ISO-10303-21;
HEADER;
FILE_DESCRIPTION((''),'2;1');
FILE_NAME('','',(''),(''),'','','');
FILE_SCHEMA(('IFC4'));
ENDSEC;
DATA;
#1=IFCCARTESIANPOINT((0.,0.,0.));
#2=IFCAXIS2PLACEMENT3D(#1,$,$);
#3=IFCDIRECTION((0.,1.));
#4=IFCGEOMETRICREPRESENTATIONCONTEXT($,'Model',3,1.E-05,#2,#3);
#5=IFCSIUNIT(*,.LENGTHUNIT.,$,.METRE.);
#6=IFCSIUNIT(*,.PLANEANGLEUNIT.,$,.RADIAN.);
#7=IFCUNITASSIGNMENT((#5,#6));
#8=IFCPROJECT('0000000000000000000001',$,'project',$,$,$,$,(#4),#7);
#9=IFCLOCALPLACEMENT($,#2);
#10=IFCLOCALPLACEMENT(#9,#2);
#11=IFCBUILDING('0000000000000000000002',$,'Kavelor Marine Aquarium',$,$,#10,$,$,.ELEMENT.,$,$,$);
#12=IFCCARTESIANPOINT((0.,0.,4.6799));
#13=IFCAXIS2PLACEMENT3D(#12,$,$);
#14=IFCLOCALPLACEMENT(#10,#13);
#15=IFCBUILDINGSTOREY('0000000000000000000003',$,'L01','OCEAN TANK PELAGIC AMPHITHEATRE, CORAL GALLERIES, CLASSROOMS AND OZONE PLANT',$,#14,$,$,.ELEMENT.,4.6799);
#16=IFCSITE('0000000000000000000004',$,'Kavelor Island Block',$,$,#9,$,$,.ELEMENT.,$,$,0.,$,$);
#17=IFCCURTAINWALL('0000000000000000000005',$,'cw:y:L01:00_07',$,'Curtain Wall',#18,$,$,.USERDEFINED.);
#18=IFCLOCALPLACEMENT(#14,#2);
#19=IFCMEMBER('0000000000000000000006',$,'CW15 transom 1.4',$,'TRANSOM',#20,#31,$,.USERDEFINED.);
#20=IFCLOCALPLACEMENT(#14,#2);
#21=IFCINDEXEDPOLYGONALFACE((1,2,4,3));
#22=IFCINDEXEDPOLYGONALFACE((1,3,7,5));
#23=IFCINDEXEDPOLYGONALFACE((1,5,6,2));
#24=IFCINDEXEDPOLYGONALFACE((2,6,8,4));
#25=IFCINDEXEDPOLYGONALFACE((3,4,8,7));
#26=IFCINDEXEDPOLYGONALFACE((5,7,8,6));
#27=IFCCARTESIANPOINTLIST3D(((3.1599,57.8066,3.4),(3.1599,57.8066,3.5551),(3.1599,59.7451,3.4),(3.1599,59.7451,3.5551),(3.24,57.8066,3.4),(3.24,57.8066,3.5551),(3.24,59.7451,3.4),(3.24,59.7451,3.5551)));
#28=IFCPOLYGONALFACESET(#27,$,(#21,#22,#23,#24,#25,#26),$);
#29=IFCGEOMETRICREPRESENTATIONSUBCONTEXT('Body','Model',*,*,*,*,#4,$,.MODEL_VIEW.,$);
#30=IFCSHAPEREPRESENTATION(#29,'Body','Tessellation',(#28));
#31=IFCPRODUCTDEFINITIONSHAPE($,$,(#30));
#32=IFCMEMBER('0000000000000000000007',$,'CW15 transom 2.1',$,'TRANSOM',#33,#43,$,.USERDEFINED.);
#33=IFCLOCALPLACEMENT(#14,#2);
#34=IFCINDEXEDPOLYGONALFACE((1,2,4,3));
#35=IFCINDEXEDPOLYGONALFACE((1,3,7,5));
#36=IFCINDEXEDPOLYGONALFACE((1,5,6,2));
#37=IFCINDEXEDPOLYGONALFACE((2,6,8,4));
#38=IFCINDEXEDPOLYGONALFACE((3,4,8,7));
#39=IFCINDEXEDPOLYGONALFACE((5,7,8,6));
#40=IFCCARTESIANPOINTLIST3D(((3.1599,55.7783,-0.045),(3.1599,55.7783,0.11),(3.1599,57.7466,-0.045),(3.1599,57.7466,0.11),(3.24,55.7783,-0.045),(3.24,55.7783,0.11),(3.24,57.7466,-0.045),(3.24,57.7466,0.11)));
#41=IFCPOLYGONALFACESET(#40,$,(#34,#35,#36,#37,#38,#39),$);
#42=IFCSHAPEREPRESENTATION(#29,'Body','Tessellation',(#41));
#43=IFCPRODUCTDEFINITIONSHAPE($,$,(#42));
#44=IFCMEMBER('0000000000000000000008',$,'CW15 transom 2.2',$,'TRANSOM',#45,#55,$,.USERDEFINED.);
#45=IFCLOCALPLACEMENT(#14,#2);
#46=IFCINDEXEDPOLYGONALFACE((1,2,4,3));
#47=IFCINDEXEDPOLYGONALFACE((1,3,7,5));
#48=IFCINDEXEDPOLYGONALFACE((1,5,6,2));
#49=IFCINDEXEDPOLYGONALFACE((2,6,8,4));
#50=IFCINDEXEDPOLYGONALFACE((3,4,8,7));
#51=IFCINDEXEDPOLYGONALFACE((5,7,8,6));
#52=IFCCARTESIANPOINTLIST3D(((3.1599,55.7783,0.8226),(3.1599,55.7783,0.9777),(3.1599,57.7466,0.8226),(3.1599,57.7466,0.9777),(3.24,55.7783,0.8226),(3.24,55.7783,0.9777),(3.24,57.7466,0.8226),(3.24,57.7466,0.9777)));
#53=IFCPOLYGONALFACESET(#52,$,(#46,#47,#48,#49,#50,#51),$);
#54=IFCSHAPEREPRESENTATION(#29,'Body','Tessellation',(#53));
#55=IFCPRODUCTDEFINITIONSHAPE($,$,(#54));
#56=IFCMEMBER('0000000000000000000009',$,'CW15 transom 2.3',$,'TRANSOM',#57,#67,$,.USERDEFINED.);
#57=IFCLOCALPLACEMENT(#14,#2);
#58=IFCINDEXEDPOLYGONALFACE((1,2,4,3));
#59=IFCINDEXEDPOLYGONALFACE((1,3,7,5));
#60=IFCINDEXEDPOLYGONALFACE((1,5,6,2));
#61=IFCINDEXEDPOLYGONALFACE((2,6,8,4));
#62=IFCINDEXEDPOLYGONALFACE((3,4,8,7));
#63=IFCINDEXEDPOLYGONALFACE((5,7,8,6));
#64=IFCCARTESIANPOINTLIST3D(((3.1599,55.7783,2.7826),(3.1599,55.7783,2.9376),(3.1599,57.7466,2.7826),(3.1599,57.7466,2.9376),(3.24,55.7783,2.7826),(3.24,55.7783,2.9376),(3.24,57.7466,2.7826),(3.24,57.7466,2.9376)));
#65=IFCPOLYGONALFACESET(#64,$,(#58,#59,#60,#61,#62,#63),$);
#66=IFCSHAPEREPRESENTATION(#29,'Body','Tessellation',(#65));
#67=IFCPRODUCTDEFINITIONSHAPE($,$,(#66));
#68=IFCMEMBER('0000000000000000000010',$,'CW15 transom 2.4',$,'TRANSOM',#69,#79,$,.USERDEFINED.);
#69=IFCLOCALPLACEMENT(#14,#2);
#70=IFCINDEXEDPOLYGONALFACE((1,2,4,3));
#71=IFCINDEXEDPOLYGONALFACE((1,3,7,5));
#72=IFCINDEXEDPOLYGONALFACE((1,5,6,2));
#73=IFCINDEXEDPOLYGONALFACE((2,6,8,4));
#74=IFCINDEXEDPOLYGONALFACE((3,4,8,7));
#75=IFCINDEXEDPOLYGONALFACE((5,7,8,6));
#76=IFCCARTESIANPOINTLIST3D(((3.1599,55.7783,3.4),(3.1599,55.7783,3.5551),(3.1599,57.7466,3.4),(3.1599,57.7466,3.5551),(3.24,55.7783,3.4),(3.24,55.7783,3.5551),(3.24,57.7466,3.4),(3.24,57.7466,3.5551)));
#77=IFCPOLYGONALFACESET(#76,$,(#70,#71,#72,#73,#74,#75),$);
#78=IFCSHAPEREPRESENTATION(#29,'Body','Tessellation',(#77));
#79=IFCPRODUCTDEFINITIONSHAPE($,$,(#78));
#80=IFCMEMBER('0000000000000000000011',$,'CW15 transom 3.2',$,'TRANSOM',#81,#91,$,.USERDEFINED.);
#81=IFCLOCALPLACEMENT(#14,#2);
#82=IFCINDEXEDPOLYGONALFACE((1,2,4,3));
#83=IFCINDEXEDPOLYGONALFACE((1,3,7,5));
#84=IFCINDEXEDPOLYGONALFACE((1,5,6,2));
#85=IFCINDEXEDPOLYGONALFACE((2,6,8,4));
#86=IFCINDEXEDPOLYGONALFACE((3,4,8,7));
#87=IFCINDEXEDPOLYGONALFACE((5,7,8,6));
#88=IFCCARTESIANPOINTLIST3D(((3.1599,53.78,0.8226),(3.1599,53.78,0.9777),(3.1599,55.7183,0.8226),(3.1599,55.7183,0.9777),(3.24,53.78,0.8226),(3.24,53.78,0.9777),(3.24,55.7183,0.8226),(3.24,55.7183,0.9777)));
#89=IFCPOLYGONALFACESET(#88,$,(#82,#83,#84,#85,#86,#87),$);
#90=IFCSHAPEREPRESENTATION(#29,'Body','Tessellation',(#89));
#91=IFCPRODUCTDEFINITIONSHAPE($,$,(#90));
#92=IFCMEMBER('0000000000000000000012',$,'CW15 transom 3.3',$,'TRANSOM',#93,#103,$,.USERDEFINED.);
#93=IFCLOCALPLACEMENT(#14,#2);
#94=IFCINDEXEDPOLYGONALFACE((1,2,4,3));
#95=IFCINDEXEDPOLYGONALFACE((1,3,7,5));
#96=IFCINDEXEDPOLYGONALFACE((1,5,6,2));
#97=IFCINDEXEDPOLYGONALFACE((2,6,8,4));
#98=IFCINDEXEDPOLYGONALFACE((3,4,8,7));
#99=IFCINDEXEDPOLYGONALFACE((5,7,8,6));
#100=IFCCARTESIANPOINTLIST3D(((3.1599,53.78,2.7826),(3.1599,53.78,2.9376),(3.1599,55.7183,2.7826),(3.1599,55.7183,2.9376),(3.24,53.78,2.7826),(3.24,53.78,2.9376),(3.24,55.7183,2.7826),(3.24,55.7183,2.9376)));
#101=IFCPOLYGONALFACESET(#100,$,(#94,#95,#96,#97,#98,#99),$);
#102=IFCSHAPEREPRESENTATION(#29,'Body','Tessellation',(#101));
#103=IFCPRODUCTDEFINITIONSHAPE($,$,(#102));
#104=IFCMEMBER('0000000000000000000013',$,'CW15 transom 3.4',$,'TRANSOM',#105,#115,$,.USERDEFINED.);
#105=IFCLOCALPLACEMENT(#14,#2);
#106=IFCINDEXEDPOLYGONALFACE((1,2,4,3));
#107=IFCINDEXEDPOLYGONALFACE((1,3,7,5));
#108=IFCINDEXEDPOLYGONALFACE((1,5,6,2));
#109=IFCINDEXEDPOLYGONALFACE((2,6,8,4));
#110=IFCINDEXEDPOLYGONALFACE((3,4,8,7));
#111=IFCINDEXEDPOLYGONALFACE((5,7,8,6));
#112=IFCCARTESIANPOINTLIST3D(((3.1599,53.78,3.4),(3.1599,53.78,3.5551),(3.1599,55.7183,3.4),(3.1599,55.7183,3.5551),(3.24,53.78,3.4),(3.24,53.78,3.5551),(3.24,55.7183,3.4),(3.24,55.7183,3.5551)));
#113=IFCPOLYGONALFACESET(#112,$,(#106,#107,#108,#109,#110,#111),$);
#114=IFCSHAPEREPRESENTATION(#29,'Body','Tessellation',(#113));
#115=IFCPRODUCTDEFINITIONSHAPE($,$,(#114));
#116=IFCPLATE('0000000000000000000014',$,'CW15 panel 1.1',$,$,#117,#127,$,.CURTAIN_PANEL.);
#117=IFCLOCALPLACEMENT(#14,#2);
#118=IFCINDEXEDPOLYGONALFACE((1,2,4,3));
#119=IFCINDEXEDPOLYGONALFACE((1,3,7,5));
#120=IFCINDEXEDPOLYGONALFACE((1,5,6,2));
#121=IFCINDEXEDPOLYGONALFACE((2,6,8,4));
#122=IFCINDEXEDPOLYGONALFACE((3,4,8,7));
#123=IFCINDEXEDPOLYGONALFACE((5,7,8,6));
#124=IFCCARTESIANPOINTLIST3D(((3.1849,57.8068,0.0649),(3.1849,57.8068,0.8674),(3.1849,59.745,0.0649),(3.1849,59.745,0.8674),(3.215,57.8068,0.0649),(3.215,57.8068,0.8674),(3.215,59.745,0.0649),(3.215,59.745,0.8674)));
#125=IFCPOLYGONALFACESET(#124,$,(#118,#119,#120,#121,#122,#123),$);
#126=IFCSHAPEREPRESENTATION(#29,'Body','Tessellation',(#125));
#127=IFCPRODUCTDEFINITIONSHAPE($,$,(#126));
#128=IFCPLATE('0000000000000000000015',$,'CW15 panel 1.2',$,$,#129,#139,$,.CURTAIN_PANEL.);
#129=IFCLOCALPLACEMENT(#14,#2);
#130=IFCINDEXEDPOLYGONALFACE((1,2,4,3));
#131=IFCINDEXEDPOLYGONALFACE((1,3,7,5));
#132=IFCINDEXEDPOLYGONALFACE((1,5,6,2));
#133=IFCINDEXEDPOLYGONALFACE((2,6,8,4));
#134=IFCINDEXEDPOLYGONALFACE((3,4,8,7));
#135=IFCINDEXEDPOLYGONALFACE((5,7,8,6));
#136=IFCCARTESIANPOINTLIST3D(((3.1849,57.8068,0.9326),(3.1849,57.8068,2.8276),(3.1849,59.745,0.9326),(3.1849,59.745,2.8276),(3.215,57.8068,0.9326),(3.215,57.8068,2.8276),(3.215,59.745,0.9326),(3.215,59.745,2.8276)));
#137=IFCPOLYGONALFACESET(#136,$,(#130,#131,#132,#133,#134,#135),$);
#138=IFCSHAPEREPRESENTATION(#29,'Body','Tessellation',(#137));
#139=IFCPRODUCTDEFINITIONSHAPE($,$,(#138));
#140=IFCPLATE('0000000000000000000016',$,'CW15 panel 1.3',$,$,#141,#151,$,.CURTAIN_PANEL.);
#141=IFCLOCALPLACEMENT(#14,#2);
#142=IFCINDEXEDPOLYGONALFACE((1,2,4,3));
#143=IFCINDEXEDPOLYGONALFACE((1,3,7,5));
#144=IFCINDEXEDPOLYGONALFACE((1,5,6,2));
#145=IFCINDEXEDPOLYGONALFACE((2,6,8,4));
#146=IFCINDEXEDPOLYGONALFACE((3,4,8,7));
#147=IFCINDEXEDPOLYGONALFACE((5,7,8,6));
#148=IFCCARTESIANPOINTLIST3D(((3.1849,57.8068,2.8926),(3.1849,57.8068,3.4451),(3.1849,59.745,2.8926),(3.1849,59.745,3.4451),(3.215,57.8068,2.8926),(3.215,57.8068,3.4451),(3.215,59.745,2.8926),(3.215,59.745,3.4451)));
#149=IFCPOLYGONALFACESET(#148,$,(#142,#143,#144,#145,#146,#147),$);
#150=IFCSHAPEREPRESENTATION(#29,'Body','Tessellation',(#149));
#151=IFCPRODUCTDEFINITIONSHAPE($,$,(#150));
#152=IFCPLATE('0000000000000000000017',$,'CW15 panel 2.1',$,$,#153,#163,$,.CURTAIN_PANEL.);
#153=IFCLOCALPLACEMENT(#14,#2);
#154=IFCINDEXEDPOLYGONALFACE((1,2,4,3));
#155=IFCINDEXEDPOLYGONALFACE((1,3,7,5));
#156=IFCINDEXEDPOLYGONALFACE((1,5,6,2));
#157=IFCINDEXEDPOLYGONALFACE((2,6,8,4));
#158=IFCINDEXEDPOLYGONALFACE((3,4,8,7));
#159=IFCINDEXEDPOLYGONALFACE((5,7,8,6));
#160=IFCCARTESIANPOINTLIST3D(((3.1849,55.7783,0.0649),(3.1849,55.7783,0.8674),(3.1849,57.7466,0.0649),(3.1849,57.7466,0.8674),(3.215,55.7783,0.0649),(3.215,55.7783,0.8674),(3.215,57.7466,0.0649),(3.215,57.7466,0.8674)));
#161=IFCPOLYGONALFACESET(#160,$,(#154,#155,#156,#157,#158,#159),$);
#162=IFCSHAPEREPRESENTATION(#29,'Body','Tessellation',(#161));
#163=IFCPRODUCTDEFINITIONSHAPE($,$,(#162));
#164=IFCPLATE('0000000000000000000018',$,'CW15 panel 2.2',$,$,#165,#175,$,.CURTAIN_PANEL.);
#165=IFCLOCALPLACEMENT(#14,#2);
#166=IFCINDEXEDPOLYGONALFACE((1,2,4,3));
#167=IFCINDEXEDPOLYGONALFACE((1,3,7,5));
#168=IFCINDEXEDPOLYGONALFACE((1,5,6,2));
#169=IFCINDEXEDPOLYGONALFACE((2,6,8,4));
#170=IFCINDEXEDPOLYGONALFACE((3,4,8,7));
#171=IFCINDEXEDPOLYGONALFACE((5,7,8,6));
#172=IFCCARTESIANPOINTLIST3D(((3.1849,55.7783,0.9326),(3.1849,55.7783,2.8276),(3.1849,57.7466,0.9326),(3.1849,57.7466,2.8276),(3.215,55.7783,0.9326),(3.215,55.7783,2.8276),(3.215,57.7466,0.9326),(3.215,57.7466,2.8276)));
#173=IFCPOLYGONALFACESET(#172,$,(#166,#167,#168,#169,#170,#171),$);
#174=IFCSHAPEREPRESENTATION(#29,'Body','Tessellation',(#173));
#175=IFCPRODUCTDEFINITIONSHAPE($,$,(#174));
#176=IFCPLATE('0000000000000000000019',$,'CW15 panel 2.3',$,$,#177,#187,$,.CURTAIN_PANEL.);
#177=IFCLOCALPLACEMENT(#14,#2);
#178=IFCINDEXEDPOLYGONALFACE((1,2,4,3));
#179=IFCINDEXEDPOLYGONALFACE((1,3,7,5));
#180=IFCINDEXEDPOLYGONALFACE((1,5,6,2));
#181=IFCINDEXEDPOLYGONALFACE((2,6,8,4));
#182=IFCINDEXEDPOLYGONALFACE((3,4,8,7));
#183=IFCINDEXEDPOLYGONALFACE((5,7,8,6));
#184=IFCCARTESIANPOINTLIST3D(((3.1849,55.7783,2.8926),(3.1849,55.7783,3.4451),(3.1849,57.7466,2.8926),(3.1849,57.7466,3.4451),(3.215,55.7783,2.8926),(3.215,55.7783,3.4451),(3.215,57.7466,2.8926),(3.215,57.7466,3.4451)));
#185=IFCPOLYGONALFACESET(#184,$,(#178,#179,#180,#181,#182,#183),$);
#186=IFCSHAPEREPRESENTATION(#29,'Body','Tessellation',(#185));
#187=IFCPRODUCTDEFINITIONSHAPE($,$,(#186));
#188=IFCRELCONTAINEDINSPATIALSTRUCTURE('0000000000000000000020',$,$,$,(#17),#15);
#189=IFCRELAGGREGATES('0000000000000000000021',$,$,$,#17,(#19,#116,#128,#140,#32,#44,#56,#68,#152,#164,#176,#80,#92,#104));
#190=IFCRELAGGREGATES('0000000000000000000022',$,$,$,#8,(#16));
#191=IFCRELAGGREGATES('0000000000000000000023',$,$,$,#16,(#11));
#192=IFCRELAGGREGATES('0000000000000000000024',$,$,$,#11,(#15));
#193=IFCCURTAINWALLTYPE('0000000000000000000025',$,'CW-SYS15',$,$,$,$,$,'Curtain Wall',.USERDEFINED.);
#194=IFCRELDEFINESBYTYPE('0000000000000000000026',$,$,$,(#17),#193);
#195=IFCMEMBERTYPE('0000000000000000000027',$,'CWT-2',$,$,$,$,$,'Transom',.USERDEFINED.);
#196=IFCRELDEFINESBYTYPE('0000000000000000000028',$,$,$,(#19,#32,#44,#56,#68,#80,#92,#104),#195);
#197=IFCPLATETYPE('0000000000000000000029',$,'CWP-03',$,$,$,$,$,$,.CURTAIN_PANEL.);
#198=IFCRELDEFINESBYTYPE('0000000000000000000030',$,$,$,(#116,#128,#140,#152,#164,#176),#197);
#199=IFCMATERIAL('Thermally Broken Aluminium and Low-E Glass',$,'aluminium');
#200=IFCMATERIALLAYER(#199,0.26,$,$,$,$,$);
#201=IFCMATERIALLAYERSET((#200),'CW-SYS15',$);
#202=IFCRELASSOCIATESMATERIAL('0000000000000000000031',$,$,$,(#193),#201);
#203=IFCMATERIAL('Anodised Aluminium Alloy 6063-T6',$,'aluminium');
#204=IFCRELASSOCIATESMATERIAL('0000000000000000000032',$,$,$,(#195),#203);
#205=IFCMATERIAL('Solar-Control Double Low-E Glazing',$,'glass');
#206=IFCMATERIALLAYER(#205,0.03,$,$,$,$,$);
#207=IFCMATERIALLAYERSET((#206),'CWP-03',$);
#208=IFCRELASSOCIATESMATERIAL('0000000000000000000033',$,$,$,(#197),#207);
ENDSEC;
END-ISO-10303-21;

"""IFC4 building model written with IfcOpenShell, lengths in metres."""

from ifc_helpers import new_model, si_unit, direction, frame, origin, origin_2d, place, context, subcontext, project, spatial, rectangle, extrude, material, layer, layer_set, material_profile, profile_set, type_object, element, aggregate, save


model = new_model("IFC4")

# Units and contexts
model_context = context("Model", 3, precision=1e-05, world=origin(), true_north=direction((0.0, 1.0)))
body_context = subcontext(model_context, "Body", "Model", "MODEL_VIEW")
ifc_project = project(units=[si_unit("LENGTHUNIT", "METRE"), si_unit("PLANEANGLEUNIT", "RADIAN")], contexts=[model_context])

# Site, building, storey
site_placement = place(None, origin())
site = spatial("IfcSite", under=ifc_project, at=site_placement, Name="Kavelor Island Block", CompositionType="ELEMENT", RefElevation=0.0)
building_placement = place(site_placement, origin())
building = spatial("IfcBuilding", under=site, at=building_placement, Name="Kavelor Marine Aquarium", CompositionType="ELEMENT")
storey_placement = place(building_placement, frame((0.0, 0.0, 4.6799)))
storey = spatial("IfcBuildingStorey", under=building, at=storey_placement, Name="L01", Description="OCEAN TANK PELAGIC AMPHITHEATRE, CORAL GALLERIES, CLASSROOMS AND OZONE PLANT", CompositionType="ELEMENT", Elevation=4.6799)

# Curtain wall, members, plates
ifc_material_1 = material(Name="Thermally Broken Aluminium and Low-E Glass", Category="aluminium")
ifc_layer_1 = layer(ifc_material_1, 0.26)
ifc_layer_set_1 = layer_set([ifc_layer_1], Name="CW-SYS15")
curtain_wall_type = type_object("IfcCurtainWallType", Name="CW-SYS15", ElementType="Curtain Wall", PredefinedType="USERDEFINED", material=ifc_layer_set_1)
curtain_wall_placement = place(storey_placement, origin())
curtain_wall = element("IfcCurtainWall", 1, at=curtain_wall_placement, inside=storey, type_object=curtain_wall_type, Name="cw:y:L01:00_07", ObjectType="Curtain Wall", PredefinedType="USERDEFINED")
ifc_material_2 = material(Name="Anodised Aluminium Alloy 6063-T6", Category="aluminium")
ifc_material_profile_1 = material_profile(ifc_material_2, rectangle(XDim=0.0801, YDim=0.155, at=origin_2d()), Name="CW-TRN 80x155")
ifc_profile_set_1 = profile_set([ifc_material_profile_1], Name="Anodised Aluminium Alloy 6063-T6")
member_type_1 = type_object("IfcMemberType", Name="CWT-2", ElementType="Transom", PredefinedType="USERDEFINED", material=ifc_profile_set_1)
member_1_placement = place(storey_placement, frame((3.2, 59.7451, 3.4775), z_axis=(0.0, -1.0, 0.0), x_axis=(1.0, 0.0, 0.0)))
member_1 = element("IfcMember", 2, at=member_1_placement, type_object=member_type_1, Name="CW15 transom 1.4", ObjectType="TRANSOM", PredefinedType="USERDEFINED", context=body_context, shape_type="SweptSolid", body=[
    extrude(rectangle(XDim=0.0801, YDim=0.155, at=origin_2d()), origin(), (0.0, 0.0, 1.0), 1.9385),
])
member_2_placement = place(storey_placement, frame((3.2, 57.7466, 0.0325), z_axis=(0.0, -1.0, 0.0), x_axis=(1.0, 0.0, 0.0)))
member_2 = element("IfcMember", 3, at=member_2_placement, type_object=member_type_1, Name="CW15 transom 2.1", ObjectType="TRANSOM", PredefinedType="USERDEFINED", context=body_context, shape_type="SweptSolid", body=[
    extrude(rectangle(XDim=0.0801, YDim=0.155, at=origin_2d()), origin(), (0.0, 0.0, 1.0), 1.9683),
])
member_3_placement = place(storey_placement, frame((3.2, 57.7466, 0.9001), z_axis=(0.0, -1.0, 0.0), x_axis=(1.0, 0.0, 0.0)))
member_3 = element("IfcMember", 4, at=member_3_placement, type_object=member_type_1, Name="CW15 transom 2.2", ObjectType="TRANSOM", PredefinedType="USERDEFINED", context=body_context, shape_type="SweptSolid", body=[
    extrude(rectangle(XDim=0.0801, YDim=0.155, at=origin_2d()), origin(), (0.0, 0.0, 1.0), 1.9683),
])
member_4_placement = place(storey_placement, frame((3.2, 57.7466, 2.8601), z_axis=(0.0, -1.0, 0.0), x_axis=(1.0, 0.0, 0.0)))
member_4 = element("IfcMember", 5, at=member_4_placement, type_object=member_type_1, Name="CW15 transom 2.3", ObjectType="TRANSOM", PredefinedType="USERDEFINED", context=body_context, shape_type="SweptSolid", body=[
    extrude(rectangle(XDim=0.0801, YDim=0.155, at=origin_2d()), origin(), (0.0, 0.0, 1.0), 1.9683),
])
member_5_placement = place(storey_placement, frame((3.2, 57.7466, 3.4775), z_axis=(0.0, -1.0, 0.0), x_axis=(1.0, 0.0, 0.0)))
member_5 = element("IfcMember", 6, at=member_5_placement, type_object=member_type_1, Name="CW15 transom 2.4", ObjectType="TRANSOM", PredefinedType="USERDEFINED", context=body_context, shape_type="SweptSolid", body=[
    extrude(rectangle(XDim=0.0801, YDim=0.155, at=origin_2d()), origin(), (0.0, 0.0, 1.0), 1.9683),
])
member_6_placement = place(storey_placement, frame((3.2, 55.7183, 0.9001), z_axis=(0.0, -1.0, 0.0), x_axis=(1.0, 0.0, 0.0)))
member_6 = element("IfcMember", 7, at=member_6_placement, type_object=member_type_1, Name="CW15 transom 3.2", ObjectType="TRANSOM", PredefinedType="USERDEFINED", context=body_context, shape_type="SweptSolid", body=[
    extrude(rectangle(XDim=0.0801, YDim=0.155, at=origin_2d()), origin(), (0.0, 0.0, 1.0), 1.9382),
])
member_7_placement = place(storey_placement, frame((3.2, 55.7183, 2.8601), z_axis=(0.0, -1.0, 0.0), x_axis=(1.0, 0.0, 0.0)))
member_7 = element("IfcMember", 8, at=member_7_placement, type_object=member_type_1, Name="CW15 transom 3.3", ObjectType="TRANSOM", PredefinedType="USERDEFINED", context=body_context, shape_type="SweptSolid", body=[
    extrude(rectangle(XDim=0.0801, YDim=0.155, at=origin_2d()), origin(), (0.0, 0.0, 1.0), 1.9382),
])
member_8_placement = place(storey_placement, frame((3.2, 55.7183, 3.4775), z_axis=(0.0, -1.0, 0.0), x_axis=(1.0, 0.0, 0.0)))
member_8 = element("IfcMember", 9, at=member_8_placement, type_object=member_type_1, Name="CW15 transom 3.4", ObjectType="TRANSOM", PredefinedType="USERDEFINED", context=body_context, shape_type="SweptSolid", body=[
    extrude(rectangle(XDim=0.0801, YDim=0.155, at=origin_2d()), origin(), (0.0, 0.0, 1.0), 1.9382),
])
ifc_material_3 = material(Name="Solar-Control Double Low-E Glazing", Category="glass")
ifc_layer_2 = layer(ifc_material_3, 0.03)
ifc_layer_set_2 = layer_set([ifc_layer_2], Name="CWP-03")
plate_type = type_object("IfcPlateType", Name="CWP-03", PredefinedType="CURTAIN_PANEL", material=ifc_layer_set_2)
plate_1_placement = place(storey_placement, frame((3.2, 58.7759, 0.0649), z_axis=(0.0, 0.0, 1.0), x_axis=(0.0, -1.0, 0.0)))
plate_1 = element("IfcPlate", 10, at=plate_1_placement, type_object=plate_type, Name="CW15 panel 1.1", PredefinedType="CURTAIN_PANEL", context=body_context, shape_type="SweptSolid", body=[
    extrude(rectangle(XDim=1.9382, YDim=0.03, at=origin_2d()), origin(), (0.0, 0.0, 1.0), 0.8025),
])
plate_2_placement = place(storey_placement, frame((3.2, 58.7759, 0.9326), z_axis=(0.0, 0.0, 1.0), x_axis=(0.0, -1.0, 0.0)))
plate_2 = element("IfcPlate", 11, at=plate_2_placement, type_object=plate_type, Name="CW15 panel 1.2", PredefinedType="CURTAIN_PANEL", context=body_context, shape_type="SweptSolid", body=[
    extrude(rectangle(XDim=1.9382, YDim=0.03, at=origin_2d()), origin(), (0.0, 0.0, 1.0), 1.895),
])
plate_3_placement = place(storey_placement, frame((3.2, 58.7759, 2.8926), z_axis=(0.0, 0.0, 1.0), x_axis=(0.0, -1.0, 0.0)))
plate_3 = element("IfcPlate", 12, at=plate_3_placement, type_object=plate_type, Name="CW15 panel 1.3", PredefinedType="CURTAIN_PANEL", context=body_context, shape_type="SweptSolid", body=[
    extrude(rectangle(XDim=1.9382, YDim=0.03, at=origin_2d()), origin(), (0.0, 0.0, 1.0), 0.5525),
])
plate_4_placement = place(storey_placement, frame((3.2, 56.7625, 0.0649), z_axis=(0.0, 0.0, 1.0), x_axis=(0.0, -1.0, 0.0)))
plate_4 = element("IfcPlate", 13, at=plate_4_placement, type_object=plate_type, Name="CW15 panel 2.1", PredefinedType="CURTAIN_PANEL", context=body_context, shape_type="SweptSolid", body=[
    extrude(rectangle(XDim=1.9683, YDim=0.03, at=origin_2d()), origin(), (0.0, 0.0, 1.0), 0.8025),
])
plate_5_placement = place(storey_placement, frame((3.2, 56.7625, 0.9326), z_axis=(0.0, 0.0, 1.0), x_axis=(0.0, -1.0, 0.0)))
plate_5 = element("IfcPlate", 14, at=plate_5_placement, type_object=plate_type, Name="CW15 panel 2.2", PredefinedType="CURTAIN_PANEL", context=body_context, shape_type="SweptSolid", body=[
    extrude(rectangle(XDim=1.9683, YDim=0.03, at=origin_2d()), origin(), (0.0, 0.0, 1.0), 1.895),
])
plate_6_placement = place(storey_placement, frame((3.2, 56.7625, 2.8926), z_axis=(0.0, 0.0, 1.0), x_axis=(0.0, -1.0, 0.0)))
plate_6 = element("IfcPlate", 15, at=plate_6_placement, type_object=plate_type, Name="CW15 panel 2.3", PredefinedType="CURTAIN_PANEL", context=body_context, shape_type="SweptSolid", body=[
    extrude(rectangle(XDim=1.9683, YDim=0.03, at=origin_2d()), origin(), (0.0, 0.0, 1.0), 0.5525),
])
aggregate(curtain_wall, [member_1, plate_1, plate_2, plate_3, member_2, member_3, member_4, member_5, plate_4, plate_5, plate_6, member_6, member_7, member_8])

save(model, "model.ifc")
